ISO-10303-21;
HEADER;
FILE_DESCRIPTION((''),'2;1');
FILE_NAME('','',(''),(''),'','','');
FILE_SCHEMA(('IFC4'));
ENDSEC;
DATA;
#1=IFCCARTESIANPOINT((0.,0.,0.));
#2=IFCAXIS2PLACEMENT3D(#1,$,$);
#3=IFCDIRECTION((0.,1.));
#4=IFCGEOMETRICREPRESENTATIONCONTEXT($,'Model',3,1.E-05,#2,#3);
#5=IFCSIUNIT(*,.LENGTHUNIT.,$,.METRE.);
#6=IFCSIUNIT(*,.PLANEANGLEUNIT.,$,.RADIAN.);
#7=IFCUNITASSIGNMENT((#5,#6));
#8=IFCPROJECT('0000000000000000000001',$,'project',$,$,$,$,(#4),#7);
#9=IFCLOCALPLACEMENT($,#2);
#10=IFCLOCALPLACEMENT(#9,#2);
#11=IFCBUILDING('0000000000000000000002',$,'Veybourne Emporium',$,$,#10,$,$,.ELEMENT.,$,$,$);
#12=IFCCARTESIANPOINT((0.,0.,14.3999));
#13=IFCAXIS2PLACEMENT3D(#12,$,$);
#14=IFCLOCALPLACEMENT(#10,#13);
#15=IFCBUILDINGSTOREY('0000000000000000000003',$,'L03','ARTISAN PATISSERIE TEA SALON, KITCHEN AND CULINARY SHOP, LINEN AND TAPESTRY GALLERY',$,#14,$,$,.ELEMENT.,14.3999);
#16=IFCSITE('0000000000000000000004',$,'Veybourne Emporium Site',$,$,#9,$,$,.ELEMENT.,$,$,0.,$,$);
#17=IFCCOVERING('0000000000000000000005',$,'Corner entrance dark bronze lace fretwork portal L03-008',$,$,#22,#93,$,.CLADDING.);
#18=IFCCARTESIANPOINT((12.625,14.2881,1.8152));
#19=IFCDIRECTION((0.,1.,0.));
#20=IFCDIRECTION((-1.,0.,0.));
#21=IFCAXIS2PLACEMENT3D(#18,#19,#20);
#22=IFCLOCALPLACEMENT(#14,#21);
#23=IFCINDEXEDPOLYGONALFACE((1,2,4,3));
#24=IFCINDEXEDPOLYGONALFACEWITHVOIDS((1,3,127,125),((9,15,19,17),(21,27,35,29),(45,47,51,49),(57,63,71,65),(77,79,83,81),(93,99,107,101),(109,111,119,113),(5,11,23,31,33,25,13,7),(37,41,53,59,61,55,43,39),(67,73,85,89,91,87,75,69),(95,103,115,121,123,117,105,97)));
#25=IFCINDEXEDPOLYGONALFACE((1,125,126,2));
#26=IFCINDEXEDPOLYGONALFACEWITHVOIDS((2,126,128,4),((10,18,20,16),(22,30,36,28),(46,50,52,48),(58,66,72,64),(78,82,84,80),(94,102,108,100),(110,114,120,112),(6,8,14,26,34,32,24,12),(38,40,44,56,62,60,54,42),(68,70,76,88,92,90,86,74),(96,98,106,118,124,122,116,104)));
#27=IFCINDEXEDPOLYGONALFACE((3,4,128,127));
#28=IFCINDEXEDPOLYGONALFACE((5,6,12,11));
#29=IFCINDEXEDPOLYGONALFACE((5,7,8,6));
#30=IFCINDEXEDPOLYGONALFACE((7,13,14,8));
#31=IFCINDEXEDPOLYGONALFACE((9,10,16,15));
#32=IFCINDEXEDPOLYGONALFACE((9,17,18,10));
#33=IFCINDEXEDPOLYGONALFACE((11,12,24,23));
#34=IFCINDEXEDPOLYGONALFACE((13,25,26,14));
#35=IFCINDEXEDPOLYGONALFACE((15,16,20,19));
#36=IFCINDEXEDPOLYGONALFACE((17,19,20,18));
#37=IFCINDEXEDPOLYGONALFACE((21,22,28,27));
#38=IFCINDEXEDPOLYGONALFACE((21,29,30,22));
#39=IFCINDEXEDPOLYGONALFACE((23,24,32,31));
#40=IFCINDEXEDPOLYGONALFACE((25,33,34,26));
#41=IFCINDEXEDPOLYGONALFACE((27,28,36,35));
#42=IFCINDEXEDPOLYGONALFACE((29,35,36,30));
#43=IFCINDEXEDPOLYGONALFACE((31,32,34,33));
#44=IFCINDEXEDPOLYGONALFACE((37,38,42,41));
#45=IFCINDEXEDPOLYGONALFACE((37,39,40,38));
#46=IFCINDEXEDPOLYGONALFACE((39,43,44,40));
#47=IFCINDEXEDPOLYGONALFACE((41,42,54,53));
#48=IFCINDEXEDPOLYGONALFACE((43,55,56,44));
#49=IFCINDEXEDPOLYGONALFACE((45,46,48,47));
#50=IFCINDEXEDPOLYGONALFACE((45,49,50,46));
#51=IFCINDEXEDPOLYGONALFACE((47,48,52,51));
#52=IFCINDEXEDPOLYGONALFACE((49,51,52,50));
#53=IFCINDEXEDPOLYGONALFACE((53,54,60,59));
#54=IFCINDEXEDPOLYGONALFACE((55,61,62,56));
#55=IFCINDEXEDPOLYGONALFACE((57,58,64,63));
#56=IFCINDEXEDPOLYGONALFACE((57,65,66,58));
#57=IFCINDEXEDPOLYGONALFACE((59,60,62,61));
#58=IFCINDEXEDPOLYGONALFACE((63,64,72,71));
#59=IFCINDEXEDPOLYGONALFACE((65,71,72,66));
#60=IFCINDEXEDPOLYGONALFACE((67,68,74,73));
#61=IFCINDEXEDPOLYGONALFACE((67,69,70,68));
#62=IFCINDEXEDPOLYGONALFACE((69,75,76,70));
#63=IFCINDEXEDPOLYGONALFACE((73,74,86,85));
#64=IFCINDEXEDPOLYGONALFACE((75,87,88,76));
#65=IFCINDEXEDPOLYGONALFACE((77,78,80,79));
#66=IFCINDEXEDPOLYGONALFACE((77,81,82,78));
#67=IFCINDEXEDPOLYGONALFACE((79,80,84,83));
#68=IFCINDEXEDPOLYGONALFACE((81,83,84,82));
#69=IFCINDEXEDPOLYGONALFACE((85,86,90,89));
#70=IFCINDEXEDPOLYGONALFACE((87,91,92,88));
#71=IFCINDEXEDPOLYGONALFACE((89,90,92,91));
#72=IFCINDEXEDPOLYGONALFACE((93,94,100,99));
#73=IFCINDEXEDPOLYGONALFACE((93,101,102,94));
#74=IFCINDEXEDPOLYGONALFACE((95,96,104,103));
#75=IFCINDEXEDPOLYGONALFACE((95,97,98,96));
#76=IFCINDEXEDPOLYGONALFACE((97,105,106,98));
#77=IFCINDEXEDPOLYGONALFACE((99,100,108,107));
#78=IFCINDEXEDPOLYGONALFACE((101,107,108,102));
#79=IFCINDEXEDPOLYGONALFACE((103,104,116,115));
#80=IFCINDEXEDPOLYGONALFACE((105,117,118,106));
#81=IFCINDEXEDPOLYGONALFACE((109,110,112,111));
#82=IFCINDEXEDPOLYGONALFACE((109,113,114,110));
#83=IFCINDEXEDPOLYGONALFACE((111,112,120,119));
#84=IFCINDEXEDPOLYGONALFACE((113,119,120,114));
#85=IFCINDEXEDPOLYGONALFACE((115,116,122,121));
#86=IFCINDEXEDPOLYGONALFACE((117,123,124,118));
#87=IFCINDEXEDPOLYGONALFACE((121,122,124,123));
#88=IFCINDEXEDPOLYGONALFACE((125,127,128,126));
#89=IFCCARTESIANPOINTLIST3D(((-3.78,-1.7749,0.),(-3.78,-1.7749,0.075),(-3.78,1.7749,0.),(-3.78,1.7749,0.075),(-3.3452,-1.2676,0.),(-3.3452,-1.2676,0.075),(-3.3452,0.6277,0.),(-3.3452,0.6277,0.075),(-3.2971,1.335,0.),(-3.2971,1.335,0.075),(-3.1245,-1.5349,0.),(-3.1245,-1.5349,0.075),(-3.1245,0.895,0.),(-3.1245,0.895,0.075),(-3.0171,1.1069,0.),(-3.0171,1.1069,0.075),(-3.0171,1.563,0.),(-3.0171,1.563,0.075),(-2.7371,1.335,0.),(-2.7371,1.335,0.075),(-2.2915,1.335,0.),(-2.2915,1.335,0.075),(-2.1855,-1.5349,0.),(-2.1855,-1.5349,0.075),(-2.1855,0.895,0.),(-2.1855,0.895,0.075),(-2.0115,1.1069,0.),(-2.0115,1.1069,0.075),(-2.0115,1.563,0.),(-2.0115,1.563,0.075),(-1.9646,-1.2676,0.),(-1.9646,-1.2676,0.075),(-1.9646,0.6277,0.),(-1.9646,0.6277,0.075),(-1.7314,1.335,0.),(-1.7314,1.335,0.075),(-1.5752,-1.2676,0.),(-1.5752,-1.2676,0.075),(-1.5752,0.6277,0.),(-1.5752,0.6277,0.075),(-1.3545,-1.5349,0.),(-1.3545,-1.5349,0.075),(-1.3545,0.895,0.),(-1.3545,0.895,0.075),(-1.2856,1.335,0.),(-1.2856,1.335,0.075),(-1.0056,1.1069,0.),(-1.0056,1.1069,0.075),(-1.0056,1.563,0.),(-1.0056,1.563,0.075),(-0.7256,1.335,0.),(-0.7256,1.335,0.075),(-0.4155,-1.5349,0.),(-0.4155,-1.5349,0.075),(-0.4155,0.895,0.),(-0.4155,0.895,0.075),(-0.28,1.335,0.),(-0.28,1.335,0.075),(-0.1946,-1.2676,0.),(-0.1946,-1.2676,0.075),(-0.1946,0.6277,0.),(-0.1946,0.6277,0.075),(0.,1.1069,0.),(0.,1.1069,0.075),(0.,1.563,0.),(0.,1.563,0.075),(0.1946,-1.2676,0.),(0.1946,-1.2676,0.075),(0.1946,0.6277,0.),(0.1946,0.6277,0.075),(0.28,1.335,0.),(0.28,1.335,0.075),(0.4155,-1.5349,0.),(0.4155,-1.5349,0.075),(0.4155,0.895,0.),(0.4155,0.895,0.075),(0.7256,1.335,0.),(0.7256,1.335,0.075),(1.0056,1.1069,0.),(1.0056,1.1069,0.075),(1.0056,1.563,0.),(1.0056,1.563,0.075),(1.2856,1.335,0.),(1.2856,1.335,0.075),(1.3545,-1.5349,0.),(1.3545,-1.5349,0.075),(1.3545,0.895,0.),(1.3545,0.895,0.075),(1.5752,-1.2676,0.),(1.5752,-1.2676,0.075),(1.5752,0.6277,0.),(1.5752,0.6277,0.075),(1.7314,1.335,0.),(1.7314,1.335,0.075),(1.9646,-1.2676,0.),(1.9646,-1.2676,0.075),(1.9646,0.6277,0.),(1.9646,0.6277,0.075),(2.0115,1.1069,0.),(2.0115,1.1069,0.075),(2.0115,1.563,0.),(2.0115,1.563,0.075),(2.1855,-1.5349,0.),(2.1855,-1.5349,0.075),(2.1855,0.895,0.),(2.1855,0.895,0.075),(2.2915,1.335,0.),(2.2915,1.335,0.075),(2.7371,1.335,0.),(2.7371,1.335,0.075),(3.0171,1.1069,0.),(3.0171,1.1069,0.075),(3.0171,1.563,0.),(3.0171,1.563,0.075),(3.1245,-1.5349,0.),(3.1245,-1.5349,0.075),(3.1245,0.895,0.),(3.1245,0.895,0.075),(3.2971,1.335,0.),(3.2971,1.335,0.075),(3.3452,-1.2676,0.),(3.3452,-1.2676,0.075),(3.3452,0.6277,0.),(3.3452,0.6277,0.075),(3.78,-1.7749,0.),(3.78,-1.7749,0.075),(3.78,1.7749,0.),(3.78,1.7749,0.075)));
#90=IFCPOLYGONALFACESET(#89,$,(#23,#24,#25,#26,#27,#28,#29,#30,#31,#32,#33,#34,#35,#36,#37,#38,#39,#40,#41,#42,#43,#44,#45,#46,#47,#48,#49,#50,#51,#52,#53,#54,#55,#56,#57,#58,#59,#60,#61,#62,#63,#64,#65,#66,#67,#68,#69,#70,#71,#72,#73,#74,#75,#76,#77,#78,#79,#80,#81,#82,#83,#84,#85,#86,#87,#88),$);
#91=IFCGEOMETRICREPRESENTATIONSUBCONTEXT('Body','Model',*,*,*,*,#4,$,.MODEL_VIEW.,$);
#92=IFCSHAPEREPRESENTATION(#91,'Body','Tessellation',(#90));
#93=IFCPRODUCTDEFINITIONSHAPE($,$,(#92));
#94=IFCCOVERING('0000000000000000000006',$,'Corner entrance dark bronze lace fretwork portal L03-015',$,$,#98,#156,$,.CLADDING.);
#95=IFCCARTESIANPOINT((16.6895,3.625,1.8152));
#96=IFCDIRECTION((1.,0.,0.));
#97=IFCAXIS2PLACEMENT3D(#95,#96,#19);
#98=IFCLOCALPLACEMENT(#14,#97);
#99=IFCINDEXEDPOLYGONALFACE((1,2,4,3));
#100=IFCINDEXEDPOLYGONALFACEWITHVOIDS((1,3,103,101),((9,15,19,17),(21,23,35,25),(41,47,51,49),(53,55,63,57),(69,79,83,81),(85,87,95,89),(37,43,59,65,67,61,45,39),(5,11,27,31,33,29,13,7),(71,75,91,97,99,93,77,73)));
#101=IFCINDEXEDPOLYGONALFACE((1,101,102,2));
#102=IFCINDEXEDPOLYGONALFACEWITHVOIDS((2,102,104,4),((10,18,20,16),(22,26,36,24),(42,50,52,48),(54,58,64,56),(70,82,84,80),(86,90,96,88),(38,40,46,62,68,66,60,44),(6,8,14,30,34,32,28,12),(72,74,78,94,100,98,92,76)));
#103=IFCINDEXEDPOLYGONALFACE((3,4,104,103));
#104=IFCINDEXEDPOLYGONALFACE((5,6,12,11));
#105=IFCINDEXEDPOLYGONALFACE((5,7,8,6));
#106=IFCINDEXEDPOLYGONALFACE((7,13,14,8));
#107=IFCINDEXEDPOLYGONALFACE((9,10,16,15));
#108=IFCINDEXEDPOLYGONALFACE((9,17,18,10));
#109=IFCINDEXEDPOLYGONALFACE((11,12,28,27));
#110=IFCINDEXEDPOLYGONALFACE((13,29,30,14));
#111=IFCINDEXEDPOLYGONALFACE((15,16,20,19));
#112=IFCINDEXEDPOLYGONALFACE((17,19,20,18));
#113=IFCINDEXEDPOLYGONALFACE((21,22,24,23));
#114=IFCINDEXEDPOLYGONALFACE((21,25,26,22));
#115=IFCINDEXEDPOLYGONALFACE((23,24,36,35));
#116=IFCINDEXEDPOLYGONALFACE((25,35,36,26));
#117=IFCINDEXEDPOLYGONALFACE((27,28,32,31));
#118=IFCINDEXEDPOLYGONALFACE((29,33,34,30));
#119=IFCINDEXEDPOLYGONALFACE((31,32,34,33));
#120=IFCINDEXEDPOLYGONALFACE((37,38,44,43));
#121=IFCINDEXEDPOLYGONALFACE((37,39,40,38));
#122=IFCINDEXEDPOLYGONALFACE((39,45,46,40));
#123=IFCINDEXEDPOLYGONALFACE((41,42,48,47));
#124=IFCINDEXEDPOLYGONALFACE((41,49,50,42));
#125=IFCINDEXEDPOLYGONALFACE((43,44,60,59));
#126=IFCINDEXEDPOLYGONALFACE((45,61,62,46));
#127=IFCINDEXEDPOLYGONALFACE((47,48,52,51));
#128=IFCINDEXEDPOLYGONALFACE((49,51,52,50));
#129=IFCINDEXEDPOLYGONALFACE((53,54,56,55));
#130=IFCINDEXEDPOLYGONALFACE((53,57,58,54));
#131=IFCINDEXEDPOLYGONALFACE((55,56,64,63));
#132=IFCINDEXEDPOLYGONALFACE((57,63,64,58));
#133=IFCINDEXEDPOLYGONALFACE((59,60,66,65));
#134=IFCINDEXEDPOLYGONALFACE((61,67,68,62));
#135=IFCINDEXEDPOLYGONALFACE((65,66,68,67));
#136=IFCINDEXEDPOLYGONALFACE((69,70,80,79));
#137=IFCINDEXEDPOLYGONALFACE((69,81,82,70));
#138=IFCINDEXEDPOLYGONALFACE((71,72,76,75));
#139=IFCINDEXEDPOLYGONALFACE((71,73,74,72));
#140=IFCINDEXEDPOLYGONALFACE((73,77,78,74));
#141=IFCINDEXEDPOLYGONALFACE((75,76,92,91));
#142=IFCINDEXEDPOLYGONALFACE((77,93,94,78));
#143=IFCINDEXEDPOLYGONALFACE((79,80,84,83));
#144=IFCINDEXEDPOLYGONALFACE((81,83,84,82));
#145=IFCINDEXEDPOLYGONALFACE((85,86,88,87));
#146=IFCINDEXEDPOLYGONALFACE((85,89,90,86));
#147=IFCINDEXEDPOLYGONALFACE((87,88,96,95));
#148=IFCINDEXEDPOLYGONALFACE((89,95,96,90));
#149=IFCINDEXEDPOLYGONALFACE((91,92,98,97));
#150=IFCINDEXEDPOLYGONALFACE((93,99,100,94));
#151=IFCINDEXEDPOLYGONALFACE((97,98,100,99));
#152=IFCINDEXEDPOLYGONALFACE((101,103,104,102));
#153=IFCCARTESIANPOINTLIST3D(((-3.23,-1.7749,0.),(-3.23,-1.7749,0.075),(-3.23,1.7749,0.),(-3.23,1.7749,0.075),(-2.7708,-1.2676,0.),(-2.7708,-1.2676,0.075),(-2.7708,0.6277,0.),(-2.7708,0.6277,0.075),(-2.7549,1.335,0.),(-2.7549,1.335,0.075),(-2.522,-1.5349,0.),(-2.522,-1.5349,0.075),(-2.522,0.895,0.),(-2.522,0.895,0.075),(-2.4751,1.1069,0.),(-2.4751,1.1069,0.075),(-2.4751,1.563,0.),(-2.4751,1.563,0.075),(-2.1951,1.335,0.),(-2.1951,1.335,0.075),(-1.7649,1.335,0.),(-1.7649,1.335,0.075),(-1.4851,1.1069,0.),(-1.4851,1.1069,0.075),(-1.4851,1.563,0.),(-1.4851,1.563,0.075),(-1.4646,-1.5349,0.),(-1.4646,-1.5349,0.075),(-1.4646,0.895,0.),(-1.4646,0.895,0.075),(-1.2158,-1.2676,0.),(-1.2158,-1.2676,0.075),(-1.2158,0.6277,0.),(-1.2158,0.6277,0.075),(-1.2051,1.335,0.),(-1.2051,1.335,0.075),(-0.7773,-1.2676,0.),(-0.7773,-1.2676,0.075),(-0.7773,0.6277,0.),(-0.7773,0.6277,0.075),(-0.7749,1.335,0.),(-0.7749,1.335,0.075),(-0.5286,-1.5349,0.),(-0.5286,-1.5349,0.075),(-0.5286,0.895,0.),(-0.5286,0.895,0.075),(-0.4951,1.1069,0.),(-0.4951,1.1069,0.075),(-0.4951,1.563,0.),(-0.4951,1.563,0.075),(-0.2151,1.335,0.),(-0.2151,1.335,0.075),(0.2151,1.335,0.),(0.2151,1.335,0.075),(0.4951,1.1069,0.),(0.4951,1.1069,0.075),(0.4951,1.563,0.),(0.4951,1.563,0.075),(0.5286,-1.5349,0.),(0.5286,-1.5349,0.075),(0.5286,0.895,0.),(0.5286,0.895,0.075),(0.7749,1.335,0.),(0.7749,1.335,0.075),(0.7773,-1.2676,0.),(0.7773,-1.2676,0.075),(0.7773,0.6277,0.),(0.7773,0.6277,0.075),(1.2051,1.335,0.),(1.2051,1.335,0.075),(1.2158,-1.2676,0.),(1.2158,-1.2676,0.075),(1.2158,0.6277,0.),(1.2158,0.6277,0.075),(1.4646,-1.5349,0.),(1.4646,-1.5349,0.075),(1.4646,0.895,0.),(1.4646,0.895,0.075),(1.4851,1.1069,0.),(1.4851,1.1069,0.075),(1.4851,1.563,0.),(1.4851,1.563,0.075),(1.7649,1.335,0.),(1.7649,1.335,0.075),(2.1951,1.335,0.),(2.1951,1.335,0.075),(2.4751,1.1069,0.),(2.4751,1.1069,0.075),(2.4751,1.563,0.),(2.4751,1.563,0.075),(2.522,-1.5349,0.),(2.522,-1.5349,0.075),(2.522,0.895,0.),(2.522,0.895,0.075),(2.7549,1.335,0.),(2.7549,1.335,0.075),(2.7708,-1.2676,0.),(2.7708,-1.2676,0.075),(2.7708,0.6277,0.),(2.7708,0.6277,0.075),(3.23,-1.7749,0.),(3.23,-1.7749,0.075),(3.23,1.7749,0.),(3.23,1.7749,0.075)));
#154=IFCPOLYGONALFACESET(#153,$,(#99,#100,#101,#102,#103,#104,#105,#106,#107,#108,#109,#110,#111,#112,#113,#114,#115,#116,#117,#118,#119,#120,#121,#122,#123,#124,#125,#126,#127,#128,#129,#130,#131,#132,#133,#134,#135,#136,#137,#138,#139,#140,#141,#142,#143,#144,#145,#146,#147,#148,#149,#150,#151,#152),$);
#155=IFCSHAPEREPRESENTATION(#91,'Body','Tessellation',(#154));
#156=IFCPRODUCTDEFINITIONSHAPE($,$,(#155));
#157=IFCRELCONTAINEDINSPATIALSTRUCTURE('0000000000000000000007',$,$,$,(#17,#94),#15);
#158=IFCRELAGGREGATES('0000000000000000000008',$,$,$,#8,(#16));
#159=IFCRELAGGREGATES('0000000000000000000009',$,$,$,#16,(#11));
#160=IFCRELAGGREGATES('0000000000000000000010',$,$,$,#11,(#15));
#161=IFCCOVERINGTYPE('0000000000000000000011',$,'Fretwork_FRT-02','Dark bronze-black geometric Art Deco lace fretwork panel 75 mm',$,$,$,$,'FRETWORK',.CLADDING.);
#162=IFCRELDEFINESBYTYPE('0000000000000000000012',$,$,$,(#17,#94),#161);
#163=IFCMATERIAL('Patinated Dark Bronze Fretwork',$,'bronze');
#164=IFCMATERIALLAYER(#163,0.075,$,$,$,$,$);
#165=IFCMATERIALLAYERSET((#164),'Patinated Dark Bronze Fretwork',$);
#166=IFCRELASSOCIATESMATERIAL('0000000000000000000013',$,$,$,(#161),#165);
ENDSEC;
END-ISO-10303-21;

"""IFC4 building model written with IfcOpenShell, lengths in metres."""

from ifc_helpers import new_model, si_unit, direction, frame, origin, place, context, subcontext, project, spatial, polyline, outline, extrude, material, layer, layer_set, type_object, element, save


model = new_model("IFC4")

# Units and contexts
model_context = context("Model", 3, precision=1e-05, world=origin(), true_north=direction((0.0, 1.0)))
body_context = subcontext(model_context, "Body", "Model", "MODEL_VIEW")
ifc_project = project(units=[si_unit("LENGTHUNIT", "METRE"), si_unit("PLANEANGLEUNIT", "RADIAN")], contexts=[model_context])

# Site, building, storey
site_placement = place(None, origin())
site = spatial("IfcSite", under=ifc_project, at=site_placement, Name="Veybourne Emporium Site", CompositionType="ELEMENT", RefElevation=0.0)
building_placement = place(site_placement, origin())
building = spatial("IfcBuilding", under=site, at=building_placement, Name="Veybourne Emporium", CompositionType="ELEMENT")
storey_placement = place(building_placement, frame((0.0, 0.0, 14.3999)))
storey = spatial("IfcBuildingStorey", under=building, at=storey_placement, Name="L03", Description="ARTISAN PATISSERIE TEA SALON, KITCHEN AND CULINARY SHOP, LINEN AND TAPESTRY GALLERY", CompositionType="ELEMENT", Elevation=14.3999)

# Coverings
ifc_material_1 = material(Name="Patinated Dark Bronze Fretwork", Category="bronze")
ifc_layer_1 = layer(ifc_material_1, 0.075)
ifc_layer_set_1 = layer_set([ifc_layer_1], Name="Patinated Dark Bronze Fretwork")
covering_type_1 = type_object("IfcCoveringType", Name="Fretwork_FRT-02", Description="Dark bronze-black geometric Art Deco lace fretwork panel 75 mm", ElementType="FRETWORK", PredefinedType="CLADDING", material=ifc_layer_set_1)
covering_1_placement = place(storey_placement, frame((12.625, 14.2881, 1.8152), z_axis=(0.0, 1.0, 0.0), x_axis=(-1.0, 0.0, 0.0)))
element("IfcCovering", 1, at=covering_1_placement, inside=storey, type_object=covering_type_1, Name="Corner entrance dark bronze lace fretwork portal L03-008", PredefinedType="CLADDING", context=body_context, shape_type="SweptSolid", body=[
    extrude(outline(polyline([(-3.78, -1.7749), (3.78, -1.7749), (3.78, 1.7749), (-3.78, 1.7749), (-3.78, -1.7749)]), holes=[polyline([(-3.1245, 0.895), (-2.1855, 0.895), (-1.9646, 0.6277), (-1.9646, -1.2676), (-2.1855, -1.5349), (-3.1245, -1.5349), (-3.3452, -1.2676), (-3.3452, 0.6277), (-3.1245, 0.895)]), polyline([(-1.3545, 0.895), (-0.4155, 0.895), (-0.1946, 0.6277), (-0.1946, -1.2676), (-0.4155, -1.5349), (-1.3545, -1.5349), (-1.5752, -1.2676), (-1.5752, 0.6277), (-1.3545, 0.895)]), polyline([(0.4155, 0.895), (1.3545, 0.895), (1.5752, 0.6277), (1.5752, -1.2676), (1.3545, -1.5349), (0.4155, -1.5349), (0.1946, -1.2676), (0.1946, 0.6277), (0.4155, 0.895)]), polyline([(2.1855, 0.895), (3.1245, 0.895), (3.3452, 0.6277), (3.3452, -1.2676), (3.1245, -1.5349), (2.1855, -1.5349), (1.9646, -1.2676), (1.9646, 0.6277), (2.1855, 0.895)]), polyline([(-3.0171, 1.563), (-2.7371, 1.335), (-3.0171, 1.1069), (-3.2971, 1.335), (-3.0171, 1.563)]), polyline([(-2.0115, 1.563), (-1.7314, 1.335), (-2.0115, 1.1069), (-2.2915, 1.335), (-2.0115, 1.563)]), polyline([(-1.0056, 1.563), (-0.7256, 1.335), (-1.0056, 1.1069), (-1.2856, 1.335), (-1.0056, 1.563)]), polyline([(0.0, 1.563), (0.28, 1.335), (0.0, 1.1069), (-0.28, 1.335), (0.0, 1.563)]), polyline([(1.0056, 1.563), (1.2856, 1.335), (1.0056, 1.1069), (0.7256, 1.335), (1.0056, 1.563)]), polyline([(2.0115, 1.563), (2.2915, 1.335), (2.0115, 1.1069), (1.7314, 1.335), (2.0115, 1.563)]), polyline([(3.0171, 1.563), (3.2971, 1.335), (3.0171, 1.1069), (2.7371, 1.335), (3.0171, 1.563)])]), origin(), (0.0, 0.0, 1.0), 0.075),
])
covering_2_placement = place(storey_placement, frame((16.6895, 3.625, 1.8152), z_axis=(1.0, 0.0, 0.0), x_axis=(0.0, 1.0, 0.0)))
element("IfcCovering", 2, at=covering_2_placement, inside=storey, type_object=covering_type_1, Name="Corner entrance dark bronze lace fretwork portal L03-015", PredefinedType="CLADDING", context=body_context, shape_type="SweptSolid", body=[
    extrude(outline(polyline([(-3.23, -1.7749), (3.23, -1.7749), (3.23, 1.7749), (-3.23, 1.7749), (-3.23, -1.7749)]), holes=[polyline([(-2.522, 0.895), (-1.4646, 0.895), (-1.2158, 0.6277), (-1.2158, -1.2676), (-1.4646, -1.5349), (-2.522, -1.5349), (-2.7708, -1.2676), (-2.7708, 0.6277), (-2.522, 0.895)]), polyline([(-0.5286, 0.895), (0.5286, 0.895), (0.7773, 0.6277), (0.7773, -1.2676), (0.5286, -1.5349), (-0.5286, -1.5349), (-0.7773, -1.2676), (-0.7773, 0.6277), (-0.5286, 0.895)]), polyline([(1.4646, 0.895), (2.522, 0.895), (2.7708, 0.6277), (2.7708, -1.2676), (2.522, -1.5349), (1.4646, -1.5349), (1.2158, -1.2676), (1.2158, 0.6277), (1.4646, 0.895)]), polyline([(-2.4751, 1.563), (-2.1951, 1.335), (-2.4751, 1.1069), (-2.7549, 1.335), (-2.4751, 1.563)]), polyline([(-1.4851, 1.563), (-1.2051, 1.335), (-1.4851, 1.1069), (-1.7649, 1.335), (-1.4851, 1.563)]), polyline([(-0.4951, 1.563), (-0.2151, 1.335), (-0.4951, 1.1069), (-0.7749, 1.335), (-0.4951, 1.563)]), polyline([(0.4951, 1.563), (0.7749, 1.335), (0.4951, 1.1069), (0.2151, 1.335), (0.4951, 1.563)]), polyline([(1.4851, 1.563), (1.7649, 1.335), (1.4851, 1.1069), (1.2051, 1.335), (1.4851, 1.563)]), polyline([(2.4751, 1.563), (2.7549, 1.335), (2.4751, 1.1069), (2.1951, 1.335), (2.4751, 1.563)])]), origin(), (0.0, 0.0, 1.0), 0.075),
])

save(model, "model.ifc")
